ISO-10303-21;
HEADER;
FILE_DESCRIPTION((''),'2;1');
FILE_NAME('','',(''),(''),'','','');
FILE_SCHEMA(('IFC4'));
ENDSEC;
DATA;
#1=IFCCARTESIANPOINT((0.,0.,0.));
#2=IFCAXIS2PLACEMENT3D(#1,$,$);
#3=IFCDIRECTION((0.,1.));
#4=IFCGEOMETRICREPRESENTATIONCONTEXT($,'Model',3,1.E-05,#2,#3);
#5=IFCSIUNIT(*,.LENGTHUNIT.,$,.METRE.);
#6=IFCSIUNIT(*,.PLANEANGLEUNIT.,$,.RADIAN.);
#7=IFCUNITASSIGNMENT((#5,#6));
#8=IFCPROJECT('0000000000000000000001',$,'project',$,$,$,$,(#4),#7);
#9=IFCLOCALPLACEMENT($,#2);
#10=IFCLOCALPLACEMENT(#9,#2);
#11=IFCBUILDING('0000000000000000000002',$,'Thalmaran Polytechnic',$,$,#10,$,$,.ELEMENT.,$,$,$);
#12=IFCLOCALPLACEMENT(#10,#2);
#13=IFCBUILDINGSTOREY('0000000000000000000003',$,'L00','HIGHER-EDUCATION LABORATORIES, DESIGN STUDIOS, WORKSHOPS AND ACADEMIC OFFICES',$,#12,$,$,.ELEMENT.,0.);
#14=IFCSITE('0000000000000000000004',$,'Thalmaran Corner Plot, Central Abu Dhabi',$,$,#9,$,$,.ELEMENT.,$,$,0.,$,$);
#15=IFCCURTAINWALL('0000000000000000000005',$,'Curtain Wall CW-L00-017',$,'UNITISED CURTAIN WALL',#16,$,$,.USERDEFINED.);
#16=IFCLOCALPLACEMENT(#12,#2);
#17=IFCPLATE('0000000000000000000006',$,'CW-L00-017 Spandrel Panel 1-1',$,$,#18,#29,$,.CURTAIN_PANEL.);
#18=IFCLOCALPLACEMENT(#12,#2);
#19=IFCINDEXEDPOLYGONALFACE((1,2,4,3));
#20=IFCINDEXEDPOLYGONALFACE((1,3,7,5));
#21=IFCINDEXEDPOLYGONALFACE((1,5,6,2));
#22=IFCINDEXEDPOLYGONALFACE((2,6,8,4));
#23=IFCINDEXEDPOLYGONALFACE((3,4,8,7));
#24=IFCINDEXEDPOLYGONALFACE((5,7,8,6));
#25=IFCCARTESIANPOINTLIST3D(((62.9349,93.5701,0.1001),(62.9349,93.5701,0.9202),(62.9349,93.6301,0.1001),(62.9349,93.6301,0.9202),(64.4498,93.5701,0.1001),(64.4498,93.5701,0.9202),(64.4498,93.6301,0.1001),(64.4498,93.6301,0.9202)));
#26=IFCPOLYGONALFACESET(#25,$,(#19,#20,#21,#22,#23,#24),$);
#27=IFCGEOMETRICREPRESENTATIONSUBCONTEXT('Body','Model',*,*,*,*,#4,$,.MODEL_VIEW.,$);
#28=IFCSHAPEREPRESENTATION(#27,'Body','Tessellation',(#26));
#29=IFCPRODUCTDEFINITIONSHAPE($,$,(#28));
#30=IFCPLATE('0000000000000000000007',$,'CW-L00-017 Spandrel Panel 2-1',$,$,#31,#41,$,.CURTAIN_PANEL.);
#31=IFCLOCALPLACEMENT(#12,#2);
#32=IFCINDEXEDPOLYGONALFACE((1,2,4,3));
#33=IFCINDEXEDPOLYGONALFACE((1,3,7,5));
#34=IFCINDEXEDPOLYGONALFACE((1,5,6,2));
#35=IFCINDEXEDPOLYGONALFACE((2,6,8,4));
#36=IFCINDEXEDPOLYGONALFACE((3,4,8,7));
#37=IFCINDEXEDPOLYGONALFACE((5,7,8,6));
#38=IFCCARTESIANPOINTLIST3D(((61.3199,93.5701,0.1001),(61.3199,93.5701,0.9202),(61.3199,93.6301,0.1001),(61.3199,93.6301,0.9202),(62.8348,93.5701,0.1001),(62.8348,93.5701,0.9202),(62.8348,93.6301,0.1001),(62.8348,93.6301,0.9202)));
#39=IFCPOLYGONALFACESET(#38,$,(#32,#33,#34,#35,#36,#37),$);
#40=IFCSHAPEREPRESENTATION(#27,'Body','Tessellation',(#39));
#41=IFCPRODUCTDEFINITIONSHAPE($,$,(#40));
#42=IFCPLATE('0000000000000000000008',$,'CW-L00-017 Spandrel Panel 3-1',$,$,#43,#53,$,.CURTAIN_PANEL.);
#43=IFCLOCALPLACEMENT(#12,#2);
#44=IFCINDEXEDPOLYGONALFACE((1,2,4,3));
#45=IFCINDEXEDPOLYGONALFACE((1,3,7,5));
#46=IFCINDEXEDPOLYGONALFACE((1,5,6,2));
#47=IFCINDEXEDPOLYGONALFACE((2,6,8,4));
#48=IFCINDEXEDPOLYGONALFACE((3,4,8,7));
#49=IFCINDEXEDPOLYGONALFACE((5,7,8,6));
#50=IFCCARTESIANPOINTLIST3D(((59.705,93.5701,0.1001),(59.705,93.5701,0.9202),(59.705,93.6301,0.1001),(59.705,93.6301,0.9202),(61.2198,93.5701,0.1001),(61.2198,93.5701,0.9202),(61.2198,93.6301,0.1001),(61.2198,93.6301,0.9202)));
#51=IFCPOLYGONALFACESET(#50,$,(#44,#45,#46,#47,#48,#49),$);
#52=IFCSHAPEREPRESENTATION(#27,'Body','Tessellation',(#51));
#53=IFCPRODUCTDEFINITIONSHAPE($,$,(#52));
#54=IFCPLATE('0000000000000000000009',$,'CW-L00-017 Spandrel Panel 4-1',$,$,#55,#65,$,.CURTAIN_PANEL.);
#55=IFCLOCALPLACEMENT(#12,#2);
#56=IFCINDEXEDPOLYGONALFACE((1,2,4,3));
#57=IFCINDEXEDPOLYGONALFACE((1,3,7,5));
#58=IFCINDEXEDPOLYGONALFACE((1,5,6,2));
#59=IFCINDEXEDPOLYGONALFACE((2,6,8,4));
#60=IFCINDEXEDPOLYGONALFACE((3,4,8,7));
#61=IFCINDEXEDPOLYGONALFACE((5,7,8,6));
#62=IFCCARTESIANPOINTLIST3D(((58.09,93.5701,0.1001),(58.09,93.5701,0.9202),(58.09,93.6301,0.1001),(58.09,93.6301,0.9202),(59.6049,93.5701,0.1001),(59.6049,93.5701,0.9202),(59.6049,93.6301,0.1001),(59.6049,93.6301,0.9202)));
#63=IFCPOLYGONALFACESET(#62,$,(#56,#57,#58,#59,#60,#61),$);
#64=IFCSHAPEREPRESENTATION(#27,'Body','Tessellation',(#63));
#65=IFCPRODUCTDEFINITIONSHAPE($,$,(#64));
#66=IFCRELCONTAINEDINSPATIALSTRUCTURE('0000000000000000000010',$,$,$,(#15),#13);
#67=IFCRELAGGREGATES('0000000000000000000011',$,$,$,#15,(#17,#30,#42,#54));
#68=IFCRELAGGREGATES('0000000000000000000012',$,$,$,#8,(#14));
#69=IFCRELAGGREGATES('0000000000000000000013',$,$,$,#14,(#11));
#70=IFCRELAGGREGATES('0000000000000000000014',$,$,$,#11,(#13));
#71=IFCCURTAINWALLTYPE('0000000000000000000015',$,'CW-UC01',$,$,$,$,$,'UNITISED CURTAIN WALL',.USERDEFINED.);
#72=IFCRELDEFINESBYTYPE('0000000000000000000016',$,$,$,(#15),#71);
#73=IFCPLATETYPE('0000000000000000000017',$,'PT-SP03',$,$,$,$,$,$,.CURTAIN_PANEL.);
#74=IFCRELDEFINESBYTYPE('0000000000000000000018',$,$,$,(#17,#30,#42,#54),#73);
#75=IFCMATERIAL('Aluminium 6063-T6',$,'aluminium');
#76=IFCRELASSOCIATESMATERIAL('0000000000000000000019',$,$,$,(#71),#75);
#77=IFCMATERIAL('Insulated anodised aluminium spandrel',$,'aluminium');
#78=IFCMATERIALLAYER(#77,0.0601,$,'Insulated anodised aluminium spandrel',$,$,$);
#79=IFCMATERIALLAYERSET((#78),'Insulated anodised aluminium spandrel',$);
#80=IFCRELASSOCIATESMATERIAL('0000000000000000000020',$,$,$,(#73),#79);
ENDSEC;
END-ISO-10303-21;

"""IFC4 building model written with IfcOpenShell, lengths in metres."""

from ifc_helpers import new_model, si_unit, direction, frame, origin, origin_2d, place, context, subcontext, project, spatial, rectangle, extrude, material, layer, layer_set, type_object, element, aggregate, save


model = new_model("IFC4")

# Units and contexts
model_context = context("Model", 3, precision=1e-05, world=origin(), true_north=direction((0.0, 1.0)))
body_context = subcontext(model_context, "Body", "Model", "MODEL_VIEW")
ifc_project = project(units=[si_unit("LENGTHUNIT", "METRE"), si_unit("PLANEANGLEUNIT", "RADIAN")], contexts=[model_context])

# Site, building, storey
site_placement = place(None, origin())
site = spatial("IfcSite", under=ifc_project, at=site_placement, Name="Thalmaran Corner Plot, Central Abu Dhabi", CompositionType="ELEMENT", RefElevation=0.0)
building_placement = place(site_placement, origin())
building = spatial("IfcBuilding", under=site, at=building_placement, Name="Thalmaran Polytechnic", CompositionType="ELEMENT")
storey_placement = place(building_placement, origin())
storey = spatial("IfcBuildingStorey", under=building, at=storey_placement, Name="L00", Description="HIGHER-EDUCATION LABORATORIES, DESIGN STUDIOS, WORKSHOPS AND ACADEMIC OFFICES", CompositionType="ELEMENT", Elevation=0.0)

# Curtain wall
ifc_material_1 = material(Name="Aluminium 6063-T6", Category="aluminium")
curtain_wall_type = type_object("IfcCurtainWallType", Name="CW-UC01", ElementType="UNITISED CURTAIN WALL", PredefinedType="USERDEFINED", material=ifc_material_1)
curtain_wall_1_placement = place(storey_placement, origin())
curtain_wall_1 = element("IfcCurtainWall", 1, at=curtain_wall_1_placement, inside=storey, type_object=curtain_wall_type, Name="Curtain Wall CW-L00-017", ObjectType="UNITISED CURTAIN WALL", PredefinedType="USERDEFINED")

# Plates
ifc_material_2 = material(Name="Insulated anodised aluminium spandrel", Category="aluminium")
ifc_layer_1 = layer(ifc_material_2, 0.0601, Name="Insulated anodised aluminium spandrel")
ifc_layer_set_1 = layer_set([ifc_layer_1], Name="Insulated anodised aluminium spandrel")
plate_type_1 = type_object("IfcPlateType", Name="PT-SP03", PredefinedType="CURTAIN_PANEL", material=ifc_layer_set_1)
plate_1_placement = place(storey_placement, frame((63.6924, 93.6001, 0.1001), z_axis=(0.0, 0.0, 1.0), x_axis=(-1.0, 0.0, 0.0)))
plate_1 = element("IfcPlate", 2, at=plate_1_placement, type_object=plate_type_1, Name="CW-L00-017 Spandrel Panel 1-1", PredefinedType="CURTAIN_PANEL", context=body_context, shape_type="SweptSolid", body=[
    extrude(rectangle(XDim=1.5149, YDim=0.0601, at=origin_2d()), origin(), (0.0, 0.0, 1.0), 0.8201),
])
plate_2_placement = place(storey_placement, frame((62.0774, 93.6001, 0.1001), z_axis=(0.0, 0.0, 1.0), x_axis=(-1.0, 0.0, 0.0)))
plate_2 = element("IfcPlate", 3, at=plate_2_placement, type_object=plate_type_1, Name="CW-L00-017 Spandrel Panel 2-1", PredefinedType="CURTAIN_PANEL", context=body_context, shape_type="SweptSolid", body=[
    extrude(rectangle(XDim=1.5149, YDim=0.0601, at=origin_2d()), origin(), (0.0, 0.0, 1.0), 0.8201),
])
plate_3_placement = place(storey_placement, frame((60.4624, 93.6001, 0.1001), z_axis=(0.0, 0.0, 1.0), x_axis=(-1.0, 0.0, 0.0)))
plate_3 = element("IfcPlate", 4, at=plate_3_placement, type_object=plate_type_1, Name="CW-L00-017 Spandrel Panel 3-1", PredefinedType="CURTAIN_PANEL", context=body_context, shape_type="SweptSolid", body=[
    extrude(rectangle(XDim=1.5149, YDim=0.0601, at=origin_2d()), origin(), (0.0, 0.0, 1.0), 0.8201),
])
plate_4_placement = place(storey_placement, frame((58.8474, 93.6001, 0.1001), z_axis=(0.0, 0.0, 1.0), x_axis=(-1.0, 0.0, 0.0)))
plate_4 = element("IfcPlate", 5, at=plate_4_placement, type_object=plate_type_1, Name="CW-L00-017 Spandrel Panel 4-1", PredefinedType="CURTAIN_PANEL", context=body_context, shape_type="SweptSolid", body=[
    extrude(rectangle(XDim=1.5149, YDim=0.0601, at=origin_2d()), origin(), (0.0, 0.0, 1.0), 0.8201),
])
aggregate(curtain_wall_1, [plate_1, plate_2, plate_3, plate_4])

save(model, "model.ifc")
